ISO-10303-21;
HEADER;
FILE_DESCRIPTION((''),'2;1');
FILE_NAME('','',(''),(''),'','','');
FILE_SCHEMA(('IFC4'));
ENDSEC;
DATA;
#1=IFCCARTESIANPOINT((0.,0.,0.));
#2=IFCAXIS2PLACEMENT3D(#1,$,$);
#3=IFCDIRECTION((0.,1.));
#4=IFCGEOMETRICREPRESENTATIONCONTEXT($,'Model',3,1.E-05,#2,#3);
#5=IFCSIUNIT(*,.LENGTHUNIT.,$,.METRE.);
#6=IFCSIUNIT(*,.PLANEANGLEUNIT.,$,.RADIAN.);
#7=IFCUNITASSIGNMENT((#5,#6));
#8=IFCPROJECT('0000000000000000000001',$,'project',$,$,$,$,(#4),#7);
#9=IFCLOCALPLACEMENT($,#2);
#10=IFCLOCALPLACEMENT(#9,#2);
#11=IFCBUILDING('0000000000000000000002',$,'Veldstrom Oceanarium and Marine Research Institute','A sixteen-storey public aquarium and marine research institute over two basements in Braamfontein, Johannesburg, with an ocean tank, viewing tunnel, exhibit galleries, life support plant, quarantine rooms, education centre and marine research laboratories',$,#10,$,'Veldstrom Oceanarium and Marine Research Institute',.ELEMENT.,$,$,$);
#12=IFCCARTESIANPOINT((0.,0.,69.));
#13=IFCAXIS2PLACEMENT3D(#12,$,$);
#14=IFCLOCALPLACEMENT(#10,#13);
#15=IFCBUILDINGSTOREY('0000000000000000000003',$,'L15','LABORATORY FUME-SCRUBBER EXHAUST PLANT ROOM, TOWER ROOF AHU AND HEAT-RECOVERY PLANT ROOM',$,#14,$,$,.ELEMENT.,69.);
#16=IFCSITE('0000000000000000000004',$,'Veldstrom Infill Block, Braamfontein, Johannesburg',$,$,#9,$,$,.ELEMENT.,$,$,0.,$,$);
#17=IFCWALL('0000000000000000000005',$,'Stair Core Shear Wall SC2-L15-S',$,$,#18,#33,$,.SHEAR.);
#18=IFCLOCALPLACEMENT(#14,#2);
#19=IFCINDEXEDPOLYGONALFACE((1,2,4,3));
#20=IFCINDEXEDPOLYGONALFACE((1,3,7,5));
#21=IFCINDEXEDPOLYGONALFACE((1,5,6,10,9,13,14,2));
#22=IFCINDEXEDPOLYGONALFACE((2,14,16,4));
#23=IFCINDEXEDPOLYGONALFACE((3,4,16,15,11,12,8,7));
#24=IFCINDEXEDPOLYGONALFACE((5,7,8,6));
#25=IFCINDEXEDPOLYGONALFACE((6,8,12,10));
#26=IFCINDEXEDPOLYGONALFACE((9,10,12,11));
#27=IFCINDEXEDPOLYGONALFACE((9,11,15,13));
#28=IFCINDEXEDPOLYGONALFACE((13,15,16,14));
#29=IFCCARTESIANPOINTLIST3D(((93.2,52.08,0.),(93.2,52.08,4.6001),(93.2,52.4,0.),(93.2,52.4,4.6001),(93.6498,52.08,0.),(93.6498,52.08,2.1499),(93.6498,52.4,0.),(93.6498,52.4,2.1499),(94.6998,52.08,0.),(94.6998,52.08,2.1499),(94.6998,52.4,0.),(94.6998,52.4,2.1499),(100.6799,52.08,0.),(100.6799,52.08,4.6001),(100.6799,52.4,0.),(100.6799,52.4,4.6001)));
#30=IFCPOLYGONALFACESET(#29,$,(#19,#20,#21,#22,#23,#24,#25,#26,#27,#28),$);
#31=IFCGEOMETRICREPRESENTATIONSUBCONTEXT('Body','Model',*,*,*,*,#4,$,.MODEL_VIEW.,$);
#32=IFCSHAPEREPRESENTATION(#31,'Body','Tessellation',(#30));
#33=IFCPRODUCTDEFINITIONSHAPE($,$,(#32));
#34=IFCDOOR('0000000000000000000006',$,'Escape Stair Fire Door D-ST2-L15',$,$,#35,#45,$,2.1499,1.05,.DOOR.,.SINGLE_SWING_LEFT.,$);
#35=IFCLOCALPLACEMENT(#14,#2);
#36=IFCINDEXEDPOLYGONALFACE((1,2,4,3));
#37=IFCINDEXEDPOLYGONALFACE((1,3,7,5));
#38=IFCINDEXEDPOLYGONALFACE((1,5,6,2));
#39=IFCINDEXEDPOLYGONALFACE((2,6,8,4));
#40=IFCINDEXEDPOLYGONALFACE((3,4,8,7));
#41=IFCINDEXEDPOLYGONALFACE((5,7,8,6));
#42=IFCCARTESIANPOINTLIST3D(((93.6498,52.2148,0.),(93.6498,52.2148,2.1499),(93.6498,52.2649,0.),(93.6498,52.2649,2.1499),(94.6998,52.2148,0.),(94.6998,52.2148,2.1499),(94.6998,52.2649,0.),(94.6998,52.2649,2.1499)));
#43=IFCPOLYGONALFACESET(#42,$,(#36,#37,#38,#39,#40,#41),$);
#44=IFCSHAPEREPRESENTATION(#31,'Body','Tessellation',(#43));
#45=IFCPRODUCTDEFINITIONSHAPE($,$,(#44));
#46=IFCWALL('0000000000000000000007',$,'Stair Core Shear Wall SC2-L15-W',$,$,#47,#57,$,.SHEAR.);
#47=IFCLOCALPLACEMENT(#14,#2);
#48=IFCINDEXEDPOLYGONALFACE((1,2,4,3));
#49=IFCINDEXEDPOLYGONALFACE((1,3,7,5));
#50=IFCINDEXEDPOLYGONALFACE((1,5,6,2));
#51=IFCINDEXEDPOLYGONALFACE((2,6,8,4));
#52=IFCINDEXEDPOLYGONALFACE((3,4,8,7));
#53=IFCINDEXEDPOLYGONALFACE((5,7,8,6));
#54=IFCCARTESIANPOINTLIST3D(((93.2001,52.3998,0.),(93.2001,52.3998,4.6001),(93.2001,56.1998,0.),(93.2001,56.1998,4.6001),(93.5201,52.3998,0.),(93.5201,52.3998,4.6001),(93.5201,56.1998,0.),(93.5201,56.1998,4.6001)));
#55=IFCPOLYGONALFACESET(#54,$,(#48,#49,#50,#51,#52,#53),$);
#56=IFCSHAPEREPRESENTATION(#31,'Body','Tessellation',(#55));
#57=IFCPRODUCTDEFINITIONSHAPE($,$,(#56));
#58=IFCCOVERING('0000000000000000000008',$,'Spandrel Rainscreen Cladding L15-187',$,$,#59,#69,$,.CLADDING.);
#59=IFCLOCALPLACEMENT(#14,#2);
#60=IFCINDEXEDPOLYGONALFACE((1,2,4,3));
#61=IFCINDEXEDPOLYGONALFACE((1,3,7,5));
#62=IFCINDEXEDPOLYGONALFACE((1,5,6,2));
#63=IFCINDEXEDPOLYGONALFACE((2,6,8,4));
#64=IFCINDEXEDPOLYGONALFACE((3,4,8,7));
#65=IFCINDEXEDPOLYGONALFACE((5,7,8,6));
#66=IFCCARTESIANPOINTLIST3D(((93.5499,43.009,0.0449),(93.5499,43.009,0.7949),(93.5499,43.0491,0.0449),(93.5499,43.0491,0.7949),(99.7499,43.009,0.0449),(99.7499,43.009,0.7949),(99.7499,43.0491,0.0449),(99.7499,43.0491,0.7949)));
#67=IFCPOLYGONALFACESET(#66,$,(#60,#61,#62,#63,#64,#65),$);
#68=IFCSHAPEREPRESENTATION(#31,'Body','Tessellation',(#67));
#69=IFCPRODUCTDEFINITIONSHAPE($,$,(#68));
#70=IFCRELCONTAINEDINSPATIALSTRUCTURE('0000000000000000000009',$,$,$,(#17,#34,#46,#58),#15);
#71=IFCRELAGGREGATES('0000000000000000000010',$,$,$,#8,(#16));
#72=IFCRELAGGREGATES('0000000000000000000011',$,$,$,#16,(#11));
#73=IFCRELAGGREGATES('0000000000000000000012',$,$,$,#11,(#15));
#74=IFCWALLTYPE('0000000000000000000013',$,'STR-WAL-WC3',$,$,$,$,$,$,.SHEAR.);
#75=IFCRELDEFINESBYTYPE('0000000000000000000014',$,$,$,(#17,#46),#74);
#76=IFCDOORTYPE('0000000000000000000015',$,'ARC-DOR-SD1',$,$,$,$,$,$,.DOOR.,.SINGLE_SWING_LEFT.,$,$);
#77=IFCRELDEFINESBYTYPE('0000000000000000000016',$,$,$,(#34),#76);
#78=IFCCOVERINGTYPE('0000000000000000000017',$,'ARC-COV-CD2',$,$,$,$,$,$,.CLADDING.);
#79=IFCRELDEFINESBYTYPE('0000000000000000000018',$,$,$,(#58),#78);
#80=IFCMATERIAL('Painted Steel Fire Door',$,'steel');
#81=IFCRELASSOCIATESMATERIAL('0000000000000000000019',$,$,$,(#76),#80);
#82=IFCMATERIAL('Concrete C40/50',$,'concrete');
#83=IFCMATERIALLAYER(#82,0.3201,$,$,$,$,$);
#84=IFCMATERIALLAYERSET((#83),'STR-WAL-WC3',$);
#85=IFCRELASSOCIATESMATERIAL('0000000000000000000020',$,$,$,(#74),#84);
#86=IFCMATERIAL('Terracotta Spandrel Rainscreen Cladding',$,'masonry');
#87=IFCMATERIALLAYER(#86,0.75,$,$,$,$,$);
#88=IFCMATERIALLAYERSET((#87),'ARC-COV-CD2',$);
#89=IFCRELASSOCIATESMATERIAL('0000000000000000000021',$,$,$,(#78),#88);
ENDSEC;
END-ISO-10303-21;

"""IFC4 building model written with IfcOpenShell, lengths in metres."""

from ifc_helpers import new_model, si_unit, direction, frame, frame_2d, origin, origin_2d, place, context, subcontext, project, spatial, rectangle, extrude, material, layer, layer_set, type_object, element, fill, save


model = new_model("IFC4")

# Units and contexts
model_context = context("Model", 3, precision=1e-05, world=origin(), true_north=direction((0.0, 1.0)))
body_context = subcontext(model_context, "Body", "Model", "MODEL_VIEW")
ifc_project = project(units=[si_unit("LENGTHUNIT", "METRE"), si_unit("PLANEANGLEUNIT", "RADIAN")], contexts=[model_context])

# Site, building, storey
site_placement = place(None, origin())
site = spatial("IfcSite", under=ifc_project, at=site_placement, Name="Veldstrom Infill Block, Braamfontein, Johannesburg", CompositionType="ELEMENT", RefElevation=0.0)
building_placement = place(site_placement, origin())
building = spatial("IfcBuilding", under=site, at=building_placement, Name="Veldstrom Oceanarium and Marine Research Institute", Description="A sixteen-storey public aquarium and marine research institute over two basements in Braamfontein, Johannesburg, with an ocean tank, viewing tunnel, exhibit galleries, life support plant, quarantine rooms, education centre and marine research laboratories", LongName="Veldstrom Oceanarium and Marine Research Institute", CompositionType="ELEMENT")
storey_placement = place(building_placement, frame((0.0, 0.0, 69.0)))
storey = spatial("IfcBuildingStorey", under=building, at=storey_placement, Name="L15", Description="LABORATORY FUME-SCRUBBER EXHAUST PLANT ROOM, TOWER ROOF AHU AND HEAT-RECOVERY PLANT ROOM", CompositionType="ELEMENT", Elevation=69.0)

# Wall, opening, door
ifc_material_1 = material(Name="Painted Steel Fire Door", Category="steel")
door_type_1 = type_object("IfcDoorType", Name="ARC-DOR-SD1", OperationType="SINGLE_SWING_LEFT", PredefinedType="DOOR", material=ifc_material_1)
ifc_material_2 = material(Name="Concrete C40/50", Category="concrete")
ifc_layer_1 = layer(ifc_material_2, 0.3201)
ifc_layer_set_1 = layer_set([ifc_layer_1], Name="STR-WAL-WC3")
wall_type_1 = type_object("IfcWallType", Name="STR-WAL-WC3", PredefinedType="SHEAR", material=ifc_layer_set_1)
wall_1_placement = place(storey_placement, frame((93.2, 52.24, 0.0), z_axis=(0.0, 0.0, 1.0), x_axis=(1.0, 0.0, 0.0)))
wall_1 = element("IfcWall", 1, at=wall_1_placement, inside=storey, type_object=wall_type_1, Name="Stair Core Shear Wall SC2-L15-S", PredefinedType="SHEAR", context=body_context, shape_type="SweptSolid", body=[
    extrude(rectangle(XDim=7.48, YDim=0.3201, at=frame_2d((3.74, 0.0))), origin(), (0.0, 0.0, 1.0), 4.6001),
])
opening_1_placement = place(wall_1_placement, frame((0.45, 0.0, 0.0)))
opening_1 = element("IfcOpeningElement", 2, at=opening_1_placement, cuts=wall_1, PredefinedType="OPENING", context=body_context, shape_type="SweptSolid", body=[
    extrude(rectangle(XDim=1.05, YDim=2.1499, at=frame_2d((0.5249, 1.075))), frame((0.0, 0.1699, 0.0), z_axis=(0.0, -1.0, 0.0), x_axis=(1.0, 0.0, 0.0)), (0.0, 0.0, 1.0), 0.3401),
])
door_1_placement = place(opening_1_placement, origin())
door_1 = element("IfcDoor", 3, at=door_1_placement, inside=storey, type_object=door_type_1, Name="Escape Stair Fire Door D-ST2-L15", OperationType="SINGLE_SWING_LEFT", OverallHeight=2.1499, OverallWidth=1.05, PredefinedType="DOOR", context=body_context, shape_type="SweptSolid", body=[
    extrude(rectangle(XDim=1.05, YDim=2.1499, at=frame_2d((0.5249, 1.075))), frame((0.0, 0.0249, 0.0), z_axis=(0.0, -1.0, 0.0), x_axis=(1.0, 0.0, 0.0)), (0.0, 0.0, 1.0), 0.05),
])
fill(opening_1, door_1)

# Wall
wall_2_placement = place(storey_placement, frame((93.3601, 52.3999, 0.0), z_axis=(0.0, 0.0, 1.0), x_axis=(0.0, 1.0, 0.0)))
element("IfcWall", 4, at=wall_2_placement, inside=storey, type_object=wall_type_1, Name="Stair Core Shear Wall SC2-L15-W", PredefinedType="SHEAR", context=body_context, shape_type="SweptSolid", body=[
    extrude(rectangle(XDim=3.8, YDim=0.3201, at=frame_2d((1.8999, 0.0))), origin(), (0.0, 0.0, 1.0), 4.6001),
])

# Covering
ifc_material_3 = material(Name="Terracotta Spandrel Rainscreen Cladding", Category="masonry")
ifc_layer_2 = layer(ifc_material_3, 0.75)
ifc_layer_set_2 = layer_set([ifc_layer_2], Name="ARC-COV-CD2")
covering_type = type_object("IfcCoveringType", Name="ARC-COV-CD2", PredefinedType="CLADDING", material=ifc_layer_set_2)
covering_placement = place(storey_placement, frame((96.6499, 43.0291, 0.0449), z_axis=(0.0, 0.0, 1.0), x_axis=(1.0, 0.0, 0.0)))
element("IfcCovering", 5, at=covering_placement, inside=storey, type_object=covering_type, Name="Spandrel Rainscreen Cladding L15-187", PredefinedType="CLADDING", context=body_context, shape_type="SweptSolid", body=[
    extrude(rectangle(XDim=6.2, YDim=0.04, at=origin_2d()), origin(), (0.0, 0.0, 1.0), 0.75),
])

save(model, "model.ifc")
